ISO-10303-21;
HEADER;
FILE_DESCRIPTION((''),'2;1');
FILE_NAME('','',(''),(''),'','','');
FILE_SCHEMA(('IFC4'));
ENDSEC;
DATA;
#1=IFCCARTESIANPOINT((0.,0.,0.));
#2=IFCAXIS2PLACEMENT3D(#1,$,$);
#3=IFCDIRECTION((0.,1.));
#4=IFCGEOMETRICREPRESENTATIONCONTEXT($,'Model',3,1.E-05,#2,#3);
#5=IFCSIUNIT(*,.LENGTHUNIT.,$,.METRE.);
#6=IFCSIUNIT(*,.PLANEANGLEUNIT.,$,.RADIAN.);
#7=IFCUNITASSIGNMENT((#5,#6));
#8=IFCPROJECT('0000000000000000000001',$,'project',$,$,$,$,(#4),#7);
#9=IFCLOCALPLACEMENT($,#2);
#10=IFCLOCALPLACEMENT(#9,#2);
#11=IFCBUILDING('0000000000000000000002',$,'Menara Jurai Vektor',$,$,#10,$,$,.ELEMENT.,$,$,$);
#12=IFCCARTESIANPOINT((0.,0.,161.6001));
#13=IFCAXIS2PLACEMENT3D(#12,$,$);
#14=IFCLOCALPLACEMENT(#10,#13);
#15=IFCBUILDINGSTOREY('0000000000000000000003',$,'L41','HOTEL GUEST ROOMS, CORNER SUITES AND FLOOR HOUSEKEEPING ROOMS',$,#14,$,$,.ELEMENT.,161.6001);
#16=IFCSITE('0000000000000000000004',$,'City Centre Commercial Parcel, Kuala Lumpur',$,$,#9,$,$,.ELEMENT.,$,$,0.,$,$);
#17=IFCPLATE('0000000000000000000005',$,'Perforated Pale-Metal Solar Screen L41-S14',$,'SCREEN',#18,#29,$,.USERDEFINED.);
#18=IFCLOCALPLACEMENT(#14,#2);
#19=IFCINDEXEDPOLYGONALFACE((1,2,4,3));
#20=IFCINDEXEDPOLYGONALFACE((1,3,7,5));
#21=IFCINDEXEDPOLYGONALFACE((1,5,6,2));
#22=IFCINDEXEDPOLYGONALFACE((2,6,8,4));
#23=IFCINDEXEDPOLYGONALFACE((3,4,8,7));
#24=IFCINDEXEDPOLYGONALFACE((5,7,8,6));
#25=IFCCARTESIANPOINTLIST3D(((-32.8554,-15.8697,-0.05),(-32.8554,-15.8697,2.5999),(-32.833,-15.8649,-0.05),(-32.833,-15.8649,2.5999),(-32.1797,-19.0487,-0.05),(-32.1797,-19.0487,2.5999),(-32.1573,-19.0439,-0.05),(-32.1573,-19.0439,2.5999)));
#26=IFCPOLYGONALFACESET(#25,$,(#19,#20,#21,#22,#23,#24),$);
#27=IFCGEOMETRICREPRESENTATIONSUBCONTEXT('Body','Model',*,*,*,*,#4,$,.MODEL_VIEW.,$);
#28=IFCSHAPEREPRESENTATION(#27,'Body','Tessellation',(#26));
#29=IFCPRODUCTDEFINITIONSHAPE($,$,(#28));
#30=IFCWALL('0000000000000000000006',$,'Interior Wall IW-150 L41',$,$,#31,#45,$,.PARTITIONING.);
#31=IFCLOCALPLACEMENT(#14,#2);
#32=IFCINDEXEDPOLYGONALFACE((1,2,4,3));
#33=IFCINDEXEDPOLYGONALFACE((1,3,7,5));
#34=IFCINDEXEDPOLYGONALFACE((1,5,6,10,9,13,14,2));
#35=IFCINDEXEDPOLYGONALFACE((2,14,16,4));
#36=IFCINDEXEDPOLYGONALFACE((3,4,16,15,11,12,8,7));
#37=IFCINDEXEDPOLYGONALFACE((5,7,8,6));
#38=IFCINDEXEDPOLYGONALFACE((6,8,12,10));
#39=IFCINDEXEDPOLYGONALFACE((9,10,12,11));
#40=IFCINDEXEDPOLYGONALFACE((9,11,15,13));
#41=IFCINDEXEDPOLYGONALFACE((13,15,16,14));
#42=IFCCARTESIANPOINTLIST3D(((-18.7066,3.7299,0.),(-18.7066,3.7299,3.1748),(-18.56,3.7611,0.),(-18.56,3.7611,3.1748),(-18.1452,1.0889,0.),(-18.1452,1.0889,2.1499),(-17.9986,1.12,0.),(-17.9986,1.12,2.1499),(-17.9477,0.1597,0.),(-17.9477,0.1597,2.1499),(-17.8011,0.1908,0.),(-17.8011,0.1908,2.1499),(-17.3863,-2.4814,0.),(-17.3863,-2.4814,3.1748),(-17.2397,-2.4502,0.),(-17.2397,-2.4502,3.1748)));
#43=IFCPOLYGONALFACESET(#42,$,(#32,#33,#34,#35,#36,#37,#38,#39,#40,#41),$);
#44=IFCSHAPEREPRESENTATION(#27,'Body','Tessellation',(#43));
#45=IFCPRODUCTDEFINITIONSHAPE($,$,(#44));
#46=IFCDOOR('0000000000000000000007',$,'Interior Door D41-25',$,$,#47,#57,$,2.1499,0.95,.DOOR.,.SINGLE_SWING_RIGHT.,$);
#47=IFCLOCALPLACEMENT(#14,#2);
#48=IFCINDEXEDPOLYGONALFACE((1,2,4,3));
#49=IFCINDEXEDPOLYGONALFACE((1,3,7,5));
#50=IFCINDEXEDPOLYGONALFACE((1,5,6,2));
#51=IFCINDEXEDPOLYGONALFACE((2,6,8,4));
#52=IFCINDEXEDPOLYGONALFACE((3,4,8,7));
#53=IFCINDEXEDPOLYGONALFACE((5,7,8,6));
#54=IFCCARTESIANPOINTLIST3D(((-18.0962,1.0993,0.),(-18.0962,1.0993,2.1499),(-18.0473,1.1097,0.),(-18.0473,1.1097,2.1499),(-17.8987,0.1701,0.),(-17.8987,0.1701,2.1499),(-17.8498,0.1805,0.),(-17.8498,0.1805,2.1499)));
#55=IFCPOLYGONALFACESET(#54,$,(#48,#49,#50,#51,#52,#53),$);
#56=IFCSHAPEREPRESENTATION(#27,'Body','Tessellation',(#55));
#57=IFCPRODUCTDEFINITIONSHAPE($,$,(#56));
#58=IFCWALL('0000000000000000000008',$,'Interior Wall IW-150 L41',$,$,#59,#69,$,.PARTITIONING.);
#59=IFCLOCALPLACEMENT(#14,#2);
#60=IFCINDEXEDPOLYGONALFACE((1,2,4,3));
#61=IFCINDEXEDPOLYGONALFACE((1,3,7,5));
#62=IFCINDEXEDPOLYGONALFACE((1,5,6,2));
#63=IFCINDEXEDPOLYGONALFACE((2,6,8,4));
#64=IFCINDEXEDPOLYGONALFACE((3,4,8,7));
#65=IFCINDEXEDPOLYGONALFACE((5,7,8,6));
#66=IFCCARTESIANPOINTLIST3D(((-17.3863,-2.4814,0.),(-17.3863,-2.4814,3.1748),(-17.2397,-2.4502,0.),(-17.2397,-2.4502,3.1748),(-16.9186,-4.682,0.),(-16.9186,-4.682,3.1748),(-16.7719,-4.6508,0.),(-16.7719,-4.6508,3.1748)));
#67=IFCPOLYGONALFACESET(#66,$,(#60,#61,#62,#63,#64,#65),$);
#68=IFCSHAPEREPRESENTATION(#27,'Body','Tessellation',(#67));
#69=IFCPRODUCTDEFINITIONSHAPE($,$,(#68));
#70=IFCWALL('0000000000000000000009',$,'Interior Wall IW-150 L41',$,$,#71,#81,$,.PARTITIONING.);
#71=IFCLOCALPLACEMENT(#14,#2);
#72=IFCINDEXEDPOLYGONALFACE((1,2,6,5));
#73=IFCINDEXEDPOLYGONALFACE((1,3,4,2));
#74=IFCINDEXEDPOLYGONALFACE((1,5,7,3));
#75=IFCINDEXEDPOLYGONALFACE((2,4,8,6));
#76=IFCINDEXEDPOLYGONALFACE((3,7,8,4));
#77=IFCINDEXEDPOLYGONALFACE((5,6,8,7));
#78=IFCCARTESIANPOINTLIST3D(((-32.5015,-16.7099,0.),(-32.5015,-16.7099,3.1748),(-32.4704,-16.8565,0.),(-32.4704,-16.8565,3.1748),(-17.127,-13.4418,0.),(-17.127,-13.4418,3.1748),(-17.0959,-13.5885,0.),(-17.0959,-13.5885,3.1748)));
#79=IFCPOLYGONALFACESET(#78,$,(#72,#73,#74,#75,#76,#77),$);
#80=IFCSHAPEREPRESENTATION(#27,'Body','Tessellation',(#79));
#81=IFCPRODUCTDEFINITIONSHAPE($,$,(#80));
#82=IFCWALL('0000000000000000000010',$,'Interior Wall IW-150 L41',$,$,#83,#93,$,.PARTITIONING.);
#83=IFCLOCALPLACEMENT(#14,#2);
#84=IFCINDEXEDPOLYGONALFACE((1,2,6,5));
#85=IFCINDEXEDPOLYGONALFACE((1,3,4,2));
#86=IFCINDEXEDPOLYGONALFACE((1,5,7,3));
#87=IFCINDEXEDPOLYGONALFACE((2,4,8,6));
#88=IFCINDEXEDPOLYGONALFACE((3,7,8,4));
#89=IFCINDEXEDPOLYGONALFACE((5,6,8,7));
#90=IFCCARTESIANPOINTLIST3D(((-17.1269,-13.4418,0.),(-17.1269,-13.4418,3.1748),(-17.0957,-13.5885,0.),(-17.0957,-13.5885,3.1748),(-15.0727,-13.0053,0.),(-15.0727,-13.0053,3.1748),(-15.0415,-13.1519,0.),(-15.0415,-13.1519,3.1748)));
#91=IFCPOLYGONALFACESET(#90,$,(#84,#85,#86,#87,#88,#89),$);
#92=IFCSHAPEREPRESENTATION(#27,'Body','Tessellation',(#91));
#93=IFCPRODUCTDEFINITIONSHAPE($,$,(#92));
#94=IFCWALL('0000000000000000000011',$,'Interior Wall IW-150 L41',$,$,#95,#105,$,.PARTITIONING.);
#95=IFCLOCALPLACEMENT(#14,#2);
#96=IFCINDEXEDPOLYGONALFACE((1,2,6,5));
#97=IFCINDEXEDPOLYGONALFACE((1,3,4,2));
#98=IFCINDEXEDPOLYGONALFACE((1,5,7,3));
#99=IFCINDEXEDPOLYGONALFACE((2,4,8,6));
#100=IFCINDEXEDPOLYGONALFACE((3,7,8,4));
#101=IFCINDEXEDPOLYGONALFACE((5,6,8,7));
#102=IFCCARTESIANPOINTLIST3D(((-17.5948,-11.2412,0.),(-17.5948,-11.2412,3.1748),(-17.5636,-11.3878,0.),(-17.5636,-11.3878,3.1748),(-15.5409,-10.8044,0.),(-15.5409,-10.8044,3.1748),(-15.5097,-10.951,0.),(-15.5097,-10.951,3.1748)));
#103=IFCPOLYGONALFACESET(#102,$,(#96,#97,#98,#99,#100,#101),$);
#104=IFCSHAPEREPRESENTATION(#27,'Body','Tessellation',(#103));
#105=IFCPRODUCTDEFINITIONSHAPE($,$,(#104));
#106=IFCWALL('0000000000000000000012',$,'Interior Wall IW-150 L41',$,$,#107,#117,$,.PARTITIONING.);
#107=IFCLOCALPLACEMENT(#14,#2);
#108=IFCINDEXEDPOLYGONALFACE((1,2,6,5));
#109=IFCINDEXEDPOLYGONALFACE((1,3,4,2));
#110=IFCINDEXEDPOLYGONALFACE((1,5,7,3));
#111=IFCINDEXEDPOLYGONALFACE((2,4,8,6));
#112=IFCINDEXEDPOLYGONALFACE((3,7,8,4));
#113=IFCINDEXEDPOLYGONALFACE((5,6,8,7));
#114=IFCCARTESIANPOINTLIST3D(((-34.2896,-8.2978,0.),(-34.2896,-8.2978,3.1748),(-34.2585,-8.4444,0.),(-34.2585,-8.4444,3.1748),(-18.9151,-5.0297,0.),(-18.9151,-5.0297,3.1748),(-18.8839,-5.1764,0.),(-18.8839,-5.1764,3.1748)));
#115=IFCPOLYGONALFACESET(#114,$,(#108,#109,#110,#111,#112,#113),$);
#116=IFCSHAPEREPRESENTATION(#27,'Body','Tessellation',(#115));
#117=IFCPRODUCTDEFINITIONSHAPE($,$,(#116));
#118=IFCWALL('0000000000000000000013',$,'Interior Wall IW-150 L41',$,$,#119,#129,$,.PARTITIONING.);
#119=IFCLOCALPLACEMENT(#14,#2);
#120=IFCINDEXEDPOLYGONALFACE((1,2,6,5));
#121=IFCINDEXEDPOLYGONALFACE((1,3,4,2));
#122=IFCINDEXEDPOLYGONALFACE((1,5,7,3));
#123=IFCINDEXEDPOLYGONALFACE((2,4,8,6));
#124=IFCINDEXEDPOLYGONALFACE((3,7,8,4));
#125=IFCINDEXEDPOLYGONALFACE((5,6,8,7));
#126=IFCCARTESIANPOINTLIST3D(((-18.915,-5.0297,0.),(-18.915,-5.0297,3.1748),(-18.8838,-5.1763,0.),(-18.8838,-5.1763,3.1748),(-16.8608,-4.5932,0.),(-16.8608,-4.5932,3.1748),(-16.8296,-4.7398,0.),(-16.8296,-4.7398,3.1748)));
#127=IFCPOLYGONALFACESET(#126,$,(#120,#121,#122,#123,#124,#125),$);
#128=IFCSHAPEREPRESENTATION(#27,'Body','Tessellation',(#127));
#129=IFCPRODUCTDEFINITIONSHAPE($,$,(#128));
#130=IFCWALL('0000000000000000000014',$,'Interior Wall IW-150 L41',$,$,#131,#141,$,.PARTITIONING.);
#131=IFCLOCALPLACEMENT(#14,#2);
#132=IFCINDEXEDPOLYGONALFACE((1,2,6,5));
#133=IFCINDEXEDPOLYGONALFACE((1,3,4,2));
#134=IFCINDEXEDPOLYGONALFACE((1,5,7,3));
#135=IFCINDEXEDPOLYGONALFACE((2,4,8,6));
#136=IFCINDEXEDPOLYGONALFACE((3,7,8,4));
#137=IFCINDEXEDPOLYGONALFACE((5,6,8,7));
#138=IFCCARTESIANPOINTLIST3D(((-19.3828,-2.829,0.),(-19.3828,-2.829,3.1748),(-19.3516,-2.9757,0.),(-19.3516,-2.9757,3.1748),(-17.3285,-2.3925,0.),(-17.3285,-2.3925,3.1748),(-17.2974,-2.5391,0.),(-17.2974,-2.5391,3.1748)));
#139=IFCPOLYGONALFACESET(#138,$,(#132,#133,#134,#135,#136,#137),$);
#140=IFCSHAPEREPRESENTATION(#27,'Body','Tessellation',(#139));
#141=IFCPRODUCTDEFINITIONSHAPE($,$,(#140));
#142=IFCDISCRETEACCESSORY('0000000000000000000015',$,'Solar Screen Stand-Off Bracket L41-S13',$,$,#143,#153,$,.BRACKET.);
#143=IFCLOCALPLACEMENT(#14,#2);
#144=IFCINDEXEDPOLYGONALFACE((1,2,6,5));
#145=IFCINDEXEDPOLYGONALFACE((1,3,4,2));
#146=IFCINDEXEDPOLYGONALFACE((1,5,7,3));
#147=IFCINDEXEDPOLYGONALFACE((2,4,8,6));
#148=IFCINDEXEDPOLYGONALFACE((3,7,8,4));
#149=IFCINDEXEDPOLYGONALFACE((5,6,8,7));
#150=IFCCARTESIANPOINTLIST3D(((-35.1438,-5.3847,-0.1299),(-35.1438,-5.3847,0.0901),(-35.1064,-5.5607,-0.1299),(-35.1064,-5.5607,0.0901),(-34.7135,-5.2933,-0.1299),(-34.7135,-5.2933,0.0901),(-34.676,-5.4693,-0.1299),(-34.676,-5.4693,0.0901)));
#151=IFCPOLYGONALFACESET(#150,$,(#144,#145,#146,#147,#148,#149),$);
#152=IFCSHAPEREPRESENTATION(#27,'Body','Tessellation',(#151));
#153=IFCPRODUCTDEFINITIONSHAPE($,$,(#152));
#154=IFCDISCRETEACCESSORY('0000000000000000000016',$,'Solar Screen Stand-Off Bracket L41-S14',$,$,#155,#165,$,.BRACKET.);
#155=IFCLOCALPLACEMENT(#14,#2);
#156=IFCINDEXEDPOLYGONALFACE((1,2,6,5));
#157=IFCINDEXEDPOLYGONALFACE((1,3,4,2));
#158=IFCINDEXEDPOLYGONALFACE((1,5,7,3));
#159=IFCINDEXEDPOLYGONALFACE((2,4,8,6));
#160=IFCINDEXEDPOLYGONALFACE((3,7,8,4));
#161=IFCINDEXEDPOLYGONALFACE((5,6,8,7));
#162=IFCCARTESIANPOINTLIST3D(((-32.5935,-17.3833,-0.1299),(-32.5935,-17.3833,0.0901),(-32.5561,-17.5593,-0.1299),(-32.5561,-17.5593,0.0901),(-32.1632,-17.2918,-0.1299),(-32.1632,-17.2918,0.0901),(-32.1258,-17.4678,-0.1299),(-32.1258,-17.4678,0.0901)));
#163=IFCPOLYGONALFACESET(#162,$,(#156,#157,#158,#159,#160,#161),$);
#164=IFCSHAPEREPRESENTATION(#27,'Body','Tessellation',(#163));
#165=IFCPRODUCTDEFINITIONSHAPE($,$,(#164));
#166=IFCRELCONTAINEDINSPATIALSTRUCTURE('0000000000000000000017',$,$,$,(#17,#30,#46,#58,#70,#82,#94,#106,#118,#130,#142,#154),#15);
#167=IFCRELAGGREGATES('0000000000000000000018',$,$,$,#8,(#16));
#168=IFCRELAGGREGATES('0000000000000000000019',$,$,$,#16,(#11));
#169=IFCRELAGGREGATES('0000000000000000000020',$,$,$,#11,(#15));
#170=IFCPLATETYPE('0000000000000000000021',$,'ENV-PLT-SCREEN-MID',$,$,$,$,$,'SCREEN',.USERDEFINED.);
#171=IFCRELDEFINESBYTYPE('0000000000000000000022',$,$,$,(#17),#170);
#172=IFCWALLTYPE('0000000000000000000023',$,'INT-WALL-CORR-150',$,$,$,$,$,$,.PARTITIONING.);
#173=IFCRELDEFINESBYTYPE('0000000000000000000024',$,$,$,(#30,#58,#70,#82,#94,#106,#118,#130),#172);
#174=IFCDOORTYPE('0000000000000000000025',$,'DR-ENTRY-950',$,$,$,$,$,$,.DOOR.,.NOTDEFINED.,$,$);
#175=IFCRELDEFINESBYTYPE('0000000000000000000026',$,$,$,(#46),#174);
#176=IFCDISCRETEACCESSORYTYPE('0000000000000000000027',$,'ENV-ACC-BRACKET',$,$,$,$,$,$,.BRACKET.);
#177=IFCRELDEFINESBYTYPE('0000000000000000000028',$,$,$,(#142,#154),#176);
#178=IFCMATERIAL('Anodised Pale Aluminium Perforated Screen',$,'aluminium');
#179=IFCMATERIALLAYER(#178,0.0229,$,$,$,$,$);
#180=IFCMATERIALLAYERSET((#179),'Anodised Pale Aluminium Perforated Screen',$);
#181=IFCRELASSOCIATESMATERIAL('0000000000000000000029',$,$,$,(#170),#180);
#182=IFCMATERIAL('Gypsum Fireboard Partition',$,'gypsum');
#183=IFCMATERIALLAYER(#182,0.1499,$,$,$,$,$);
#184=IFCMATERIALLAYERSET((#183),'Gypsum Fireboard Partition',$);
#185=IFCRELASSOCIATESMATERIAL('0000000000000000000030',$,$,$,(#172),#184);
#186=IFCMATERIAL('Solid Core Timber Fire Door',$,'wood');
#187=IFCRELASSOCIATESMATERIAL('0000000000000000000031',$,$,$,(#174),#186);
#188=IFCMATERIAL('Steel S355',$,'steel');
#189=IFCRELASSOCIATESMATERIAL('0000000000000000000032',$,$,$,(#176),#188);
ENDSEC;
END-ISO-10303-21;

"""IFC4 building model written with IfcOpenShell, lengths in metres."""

from ifc_helpers import new_model, si_unit, direction, frame, frame_2d, origin, origin_2d, place, context, subcontext, project, spatial, rectangle, extrude, material, layer, layer_set, type_object, element, fill, save


model = new_model("IFC4")

# Units and contexts
model_context = context("Model", 3, precision=1e-05, world=origin(), true_north=direction((0.0, 1.0)))
body_context = subcontext(model_context, "Body", "Model", "MODEL_VIEW")
ifc_project = project(units=[si_unit("LENGTHUNIT", "METRE"), si_unit("PLANEANGLEUNIT", "RADIAN")], contexts=[model_context])

# Site, building, storey
site_placement = place(None, origin())
site = spatial("IfcSite", under=ifc_project, at=site_placement, Name="City Centre Commercial Parcel, Kuala Lumpur", CompositionType="ELEMENT", RefElevation=0.0)
building_placement = place(site_placement, origin())
building = spatial("IfcBuilding", under=site, at=building_placement, Name="Menara Jurai Vektor", CompositionType="ELEMENT")
storey_placement = place(building_placement, frame((0.0, 0.0, 161.6001)))
storey = spatial("IfcBuildingStorey", under=building, at=storey_placement, Name="L41", Description="HOTEL GUEST ROOMS, CORNER SUITES AND FLOOR HOUSEKEEPING ROOMS", CompositionType="ELEMENT", Elevation=161.6001)

# Shared definitions
ifc_material_1 = material(Name="Steel S355", Category="steel")

# Plate
ifc_material_2 = material(Name="Anodised Pale Aluminium Perforated Screen", Category="aluminium")
ifc_layer_1 = layer(ifc_material_2, 0.0229)
ifc_layer_set_1 = layer_set([ifc_layer_1], Name="Anodised Pale Aluminium Perforated Screen")
plate_type_1 = type_object("IfcPlateType", Name="ENV-PLT-SCREEN-MID", ElementType="SCREEN", PredefinedType="USERDEFINED", material=ifc_layer_set_1)
for number, where, z_axis, x_axis, name in (
    (1, (-32.5063, -17.4568, -0.05), (0.0, 0.0, 1.0), (0.207912, -0.978148, 0.0), "Perforated Pale-Metal Solar Screen L41-S14"),
):
    element("IfcPlate", number, at=place(storey_placement, frame(where, z_axis=z_axis, x_axis=x_axis)), inside=storey, type_object=plate_type_1, Name=name, ObjectType="SCREEN", PredefinedType="USERDEFINED", context=body_context, shape_type="SweptSolid", body=[
        extrude(rectangle(XDim=3.25, YDim=0.0229, at=origin_2d()), origin(), (0.0, 0.0, 1.0), 2.6499),
    ])

# Wall, opening, door
ifc_material_3 = material(Name="Gypsum Fireboard Partition", Category="gypsum")
ifc_layer_2 = layer(ifc_material_3, 0.1499)
ifc_layer_set_2 = layer_set([ifc_layer_2], Name="Gypsum Fireboard Partition")
wall_type = type_object("IfcWallType", Name="INT-WALL-CORR-150", PredefinedType="PARTITIONING", material=ifc_layer_set_2)
wall_1_placement = place(storey_placement, frame((-17.313, -2.4658, 0.0), z_axis=(0.0, 0.0, 1.0), x_axis=(-0.207917, 0.978147, 0.0)))
wall_1 = element("IfcWall", 2, at=wall_1_placement, inside=storey, type_object=wall_type, Name="Interior Wall IW-150 L41", PredefinedType="PARTITIONING", context=body_context, shape_type="SweptSolid", body=[
    extrude(rectangle(XDim=6.3501, YDim=0.1499, at=frame_2d((3.175, 0.0))), origin(), (0.0, 0.0, 1.0), 3.1748),
])
opening_1_placement = place(wall_1_placement, frame((2.7, 0.0, 0.0)))
opening_1 = element("IfcOpeningElement", 3, at=opening_1_placement, cuts=wall_1, PredefinedType="OPENING", context=body_context, shape_type="SweptSolid", body=[
    extrude(rectangle(XDim=0.95, YDim=2.1499, at=frame_2d((0.4751, 1.075))), frame((0.0, 0.085, 0.0), z_axis=(0.0, -1.0, 0.0), x_axis=(1.0, 0.0, 0.0)), (0.0, 0.0, 1.0), 0.1699),
])
ifc_material_4 = material(Name="Solid Core Timber Fire Door", Category="wood")
door_type_1 = type_object("IfcDoorType", Name="DR-ENTRY-950", OperationType="NOTDEFINED", PredefinedType="DOOR", material=ifc_material_4)
door_1_placement = place(opening_1_placement, origin())
door_1 = element("IfcDoor", 4, at=door_1_placement, inside=storey, type_object=door_type_1, Name="Interior Door D41-25", OperationType="SINGLE_SWING_RIGHT", OverallHeight=2.1499, OverallWidth=0.95, PredefinedType="DOOR", context=body_context, shape_type="SweptSolid", body=[
    extrude(rectangle(XDim=0.95, YDim=2.1499, at=frame_2d((0.4751, 1.075))), frame((0.0, 0.0249, 0.0), z_axis=(0.0, -1.0, 0.0), x_axis=(1.0, 0.0, 0.0)), (0.0, 0.0, 1.0), 0.05),
])
fill(opening_1, door_1)

# Walls
wall_2_placement = place(storey_placement, frame((-16.8452, -4.6665, 0.0), z_axis=(0.0, 0.0, 1.0), x_axis=(-0.207913, 0.978147, 0.0)))
element("IfcWall", 5, at=wall_2_placement, inside=storey, type_object=wall_type, Name="Interior Wall IW-150 L41", PredefinedType="PARTITIONING", context=body_context, shape_type="SweptSolid", body=[
    extrude(rectangle(XDim=2.2498, YDim=0.1499, at=frame_2d((1.125, 0.0))), origin(), (0.0, 0.0, 1.0), 3.1748),
])
wall_3_placement = place(storey_placement, frame((-32.4858, -16.7832, 0.0), z_axis=(0.0, 0.0, 1.0), x_axis=(0.978146, 0.207919, 0.0)))
element("IfcWall", 6, at=wall_3_placement, inside=storey, type_object=wall_type, Name="Interior Wall IW-150 L41", PredefinedType="PARTITIONING", context=body_context, shape_type="SweptSolid", body=[
    extrude(rectangle(XDim=15.718, YDim=0.1499, at=frame_2d((7.8589, 0.0))), origin(), (0.0, 0.0, 1.0), 3.1748),
])
wall_4_placement = place(storey_placement, frame((-17.1113, -13.5151, 0.0), z_axis=(0.0, 0.0, 1.0), x_axis=(0.978158, 0.207862, 0.0)))
element("IfcWall", 7, at=wall_4_placement, inside=storey, type_object=wall_type, Name="Interior Wall IW-150 L41", PredefinedType="PARTITIONING", context=body_context, shape_type="SweptSolid", body=[
    extrude(rectangle(XDim=2.1001, YDim=0.1499, at=frame_2d((1.05, 0.0))), origin(), (0.0, 0.0, 1.0), 3.1748),
])

# Walls
wall_5_placement = place(storey_placement, frame((-17.5791, -11.3145, 0.0), z_axis=(0.0, 0.0, 1.0), x_axis=(0.97813, 0.207996, 0.0)))
element("IfcWall", 8, at=wall_5_placement, inside=storey, type_object=wall_type, Name="Interior Wall IW-150 L41", PredefinedType="PARTITIONING", context=body_context, shape_type="SweptSolid", body=[
    extrude(rectangle(XDim=2.0999, YDim=0.1499, at=frame_2d((1.0498, 0.0))), origin(), (0.0, 0.0, 1.0), 3.1748),
])
wall_6_placement = place(storey_placement, frame((-34.2739, -8.3711, 0.0), z_axis=(0.0, 0.0, 1.0), x_axis=(0.978146, 0.207919, 0.0)))
element("IfcWall", 9, at=wall_6_placement, inside=storey, type_object=wall_type, Name="Interior Wall IW-150 L41", PredefinedType="PARTITIONING", context=body_context, shape_type="SweptSolid", body=[
    extrude(rectangle(XDim=15.718, YDim=0.1499, at=frame_2d((7.8589, 0.0))), origin(), (0.0, 0.0, 1.0), 3.1748),
])
wall_7_placement = place(storey_placement, frame((-18.8994, -5.103, 0.0), z_axis=(0.0, 0.0, 1.0), x_axis=(0.978158, 0.207862, 0.0)))
element("IfcWall", 10, at=wall_7_placement, inside=storey, type_object=wall_type, Name="Interior Wall IW-150 L41", PredefinedType="PARTITIONING", context=body_context, shape_type="SweptSolid", body=[
    extrude(rectangle(XDim=2.1001, YDim=0.1499, at=frame_2d((1.05, 0.0))), origin(), (0.0, 0.0, 1.0), 3.1748),
])

# Wall
wall_8_placement = place(storey_placement, frame((-19.3672, -2.9023, 0.0), z_axis=(0.0, 0.0, 1.0), x_axis=(0.978158, 0.207862, 0.0)))
element("IfcWall", 11, at=wall_8_placement, inside=storey, type_object=wall_type, Name="Interior Wall IW-150 L41", PredefinedType="PARTITIONING", context=body_context, shape_type="SweptSolid", body=[
    extrude(rectangle(XDim=2.1001, YDim=0.1499, at=frame_2d((1.05, 0.0))), origin(), (0.0, 0.0, 1.0), 3.1748),
])

# Discrete accessories
discrete_accessory_type = type_object("IfcDiscreteAccessoryType", Name="ENV-ACC-BRACKET", PredefinedType="BRACKET", material=ifc_material_1)
for number, where, z_axis, x_axis, name in (
    (12, (-34.9099, -5.427, -0.1299), (0.0, 0.0, 1.0), (0.207912, -0.978148, 0.0), "Solar Screen Stand-Off Bracket L41-S13"),
    (13, (-32.3596, -17.4255, -0.1299), (0.0, 0.0, 1.0), (0.207912, -0.978148, 0.0), "Solar Screen Stand-Off Bracket L41-S14"),
):
    element("IfcDiscreteAccessory", number, at=place(storey_placement, frame(where, z_axis=z_axis, x_axis=x_axis)), inside=storey, type_object=discrete_accessory_type, Name=name, PredefinedType="BRACKET", context=body_context, shape_type="SweptSolid", body=[
        extrude(rectangle(XDim=0.1799, YDim=0.4399, at=origin_2d()), origin(), (0.0, 0.0, 1.0), 0.22),
    ])

save(model, "model.ifc")
